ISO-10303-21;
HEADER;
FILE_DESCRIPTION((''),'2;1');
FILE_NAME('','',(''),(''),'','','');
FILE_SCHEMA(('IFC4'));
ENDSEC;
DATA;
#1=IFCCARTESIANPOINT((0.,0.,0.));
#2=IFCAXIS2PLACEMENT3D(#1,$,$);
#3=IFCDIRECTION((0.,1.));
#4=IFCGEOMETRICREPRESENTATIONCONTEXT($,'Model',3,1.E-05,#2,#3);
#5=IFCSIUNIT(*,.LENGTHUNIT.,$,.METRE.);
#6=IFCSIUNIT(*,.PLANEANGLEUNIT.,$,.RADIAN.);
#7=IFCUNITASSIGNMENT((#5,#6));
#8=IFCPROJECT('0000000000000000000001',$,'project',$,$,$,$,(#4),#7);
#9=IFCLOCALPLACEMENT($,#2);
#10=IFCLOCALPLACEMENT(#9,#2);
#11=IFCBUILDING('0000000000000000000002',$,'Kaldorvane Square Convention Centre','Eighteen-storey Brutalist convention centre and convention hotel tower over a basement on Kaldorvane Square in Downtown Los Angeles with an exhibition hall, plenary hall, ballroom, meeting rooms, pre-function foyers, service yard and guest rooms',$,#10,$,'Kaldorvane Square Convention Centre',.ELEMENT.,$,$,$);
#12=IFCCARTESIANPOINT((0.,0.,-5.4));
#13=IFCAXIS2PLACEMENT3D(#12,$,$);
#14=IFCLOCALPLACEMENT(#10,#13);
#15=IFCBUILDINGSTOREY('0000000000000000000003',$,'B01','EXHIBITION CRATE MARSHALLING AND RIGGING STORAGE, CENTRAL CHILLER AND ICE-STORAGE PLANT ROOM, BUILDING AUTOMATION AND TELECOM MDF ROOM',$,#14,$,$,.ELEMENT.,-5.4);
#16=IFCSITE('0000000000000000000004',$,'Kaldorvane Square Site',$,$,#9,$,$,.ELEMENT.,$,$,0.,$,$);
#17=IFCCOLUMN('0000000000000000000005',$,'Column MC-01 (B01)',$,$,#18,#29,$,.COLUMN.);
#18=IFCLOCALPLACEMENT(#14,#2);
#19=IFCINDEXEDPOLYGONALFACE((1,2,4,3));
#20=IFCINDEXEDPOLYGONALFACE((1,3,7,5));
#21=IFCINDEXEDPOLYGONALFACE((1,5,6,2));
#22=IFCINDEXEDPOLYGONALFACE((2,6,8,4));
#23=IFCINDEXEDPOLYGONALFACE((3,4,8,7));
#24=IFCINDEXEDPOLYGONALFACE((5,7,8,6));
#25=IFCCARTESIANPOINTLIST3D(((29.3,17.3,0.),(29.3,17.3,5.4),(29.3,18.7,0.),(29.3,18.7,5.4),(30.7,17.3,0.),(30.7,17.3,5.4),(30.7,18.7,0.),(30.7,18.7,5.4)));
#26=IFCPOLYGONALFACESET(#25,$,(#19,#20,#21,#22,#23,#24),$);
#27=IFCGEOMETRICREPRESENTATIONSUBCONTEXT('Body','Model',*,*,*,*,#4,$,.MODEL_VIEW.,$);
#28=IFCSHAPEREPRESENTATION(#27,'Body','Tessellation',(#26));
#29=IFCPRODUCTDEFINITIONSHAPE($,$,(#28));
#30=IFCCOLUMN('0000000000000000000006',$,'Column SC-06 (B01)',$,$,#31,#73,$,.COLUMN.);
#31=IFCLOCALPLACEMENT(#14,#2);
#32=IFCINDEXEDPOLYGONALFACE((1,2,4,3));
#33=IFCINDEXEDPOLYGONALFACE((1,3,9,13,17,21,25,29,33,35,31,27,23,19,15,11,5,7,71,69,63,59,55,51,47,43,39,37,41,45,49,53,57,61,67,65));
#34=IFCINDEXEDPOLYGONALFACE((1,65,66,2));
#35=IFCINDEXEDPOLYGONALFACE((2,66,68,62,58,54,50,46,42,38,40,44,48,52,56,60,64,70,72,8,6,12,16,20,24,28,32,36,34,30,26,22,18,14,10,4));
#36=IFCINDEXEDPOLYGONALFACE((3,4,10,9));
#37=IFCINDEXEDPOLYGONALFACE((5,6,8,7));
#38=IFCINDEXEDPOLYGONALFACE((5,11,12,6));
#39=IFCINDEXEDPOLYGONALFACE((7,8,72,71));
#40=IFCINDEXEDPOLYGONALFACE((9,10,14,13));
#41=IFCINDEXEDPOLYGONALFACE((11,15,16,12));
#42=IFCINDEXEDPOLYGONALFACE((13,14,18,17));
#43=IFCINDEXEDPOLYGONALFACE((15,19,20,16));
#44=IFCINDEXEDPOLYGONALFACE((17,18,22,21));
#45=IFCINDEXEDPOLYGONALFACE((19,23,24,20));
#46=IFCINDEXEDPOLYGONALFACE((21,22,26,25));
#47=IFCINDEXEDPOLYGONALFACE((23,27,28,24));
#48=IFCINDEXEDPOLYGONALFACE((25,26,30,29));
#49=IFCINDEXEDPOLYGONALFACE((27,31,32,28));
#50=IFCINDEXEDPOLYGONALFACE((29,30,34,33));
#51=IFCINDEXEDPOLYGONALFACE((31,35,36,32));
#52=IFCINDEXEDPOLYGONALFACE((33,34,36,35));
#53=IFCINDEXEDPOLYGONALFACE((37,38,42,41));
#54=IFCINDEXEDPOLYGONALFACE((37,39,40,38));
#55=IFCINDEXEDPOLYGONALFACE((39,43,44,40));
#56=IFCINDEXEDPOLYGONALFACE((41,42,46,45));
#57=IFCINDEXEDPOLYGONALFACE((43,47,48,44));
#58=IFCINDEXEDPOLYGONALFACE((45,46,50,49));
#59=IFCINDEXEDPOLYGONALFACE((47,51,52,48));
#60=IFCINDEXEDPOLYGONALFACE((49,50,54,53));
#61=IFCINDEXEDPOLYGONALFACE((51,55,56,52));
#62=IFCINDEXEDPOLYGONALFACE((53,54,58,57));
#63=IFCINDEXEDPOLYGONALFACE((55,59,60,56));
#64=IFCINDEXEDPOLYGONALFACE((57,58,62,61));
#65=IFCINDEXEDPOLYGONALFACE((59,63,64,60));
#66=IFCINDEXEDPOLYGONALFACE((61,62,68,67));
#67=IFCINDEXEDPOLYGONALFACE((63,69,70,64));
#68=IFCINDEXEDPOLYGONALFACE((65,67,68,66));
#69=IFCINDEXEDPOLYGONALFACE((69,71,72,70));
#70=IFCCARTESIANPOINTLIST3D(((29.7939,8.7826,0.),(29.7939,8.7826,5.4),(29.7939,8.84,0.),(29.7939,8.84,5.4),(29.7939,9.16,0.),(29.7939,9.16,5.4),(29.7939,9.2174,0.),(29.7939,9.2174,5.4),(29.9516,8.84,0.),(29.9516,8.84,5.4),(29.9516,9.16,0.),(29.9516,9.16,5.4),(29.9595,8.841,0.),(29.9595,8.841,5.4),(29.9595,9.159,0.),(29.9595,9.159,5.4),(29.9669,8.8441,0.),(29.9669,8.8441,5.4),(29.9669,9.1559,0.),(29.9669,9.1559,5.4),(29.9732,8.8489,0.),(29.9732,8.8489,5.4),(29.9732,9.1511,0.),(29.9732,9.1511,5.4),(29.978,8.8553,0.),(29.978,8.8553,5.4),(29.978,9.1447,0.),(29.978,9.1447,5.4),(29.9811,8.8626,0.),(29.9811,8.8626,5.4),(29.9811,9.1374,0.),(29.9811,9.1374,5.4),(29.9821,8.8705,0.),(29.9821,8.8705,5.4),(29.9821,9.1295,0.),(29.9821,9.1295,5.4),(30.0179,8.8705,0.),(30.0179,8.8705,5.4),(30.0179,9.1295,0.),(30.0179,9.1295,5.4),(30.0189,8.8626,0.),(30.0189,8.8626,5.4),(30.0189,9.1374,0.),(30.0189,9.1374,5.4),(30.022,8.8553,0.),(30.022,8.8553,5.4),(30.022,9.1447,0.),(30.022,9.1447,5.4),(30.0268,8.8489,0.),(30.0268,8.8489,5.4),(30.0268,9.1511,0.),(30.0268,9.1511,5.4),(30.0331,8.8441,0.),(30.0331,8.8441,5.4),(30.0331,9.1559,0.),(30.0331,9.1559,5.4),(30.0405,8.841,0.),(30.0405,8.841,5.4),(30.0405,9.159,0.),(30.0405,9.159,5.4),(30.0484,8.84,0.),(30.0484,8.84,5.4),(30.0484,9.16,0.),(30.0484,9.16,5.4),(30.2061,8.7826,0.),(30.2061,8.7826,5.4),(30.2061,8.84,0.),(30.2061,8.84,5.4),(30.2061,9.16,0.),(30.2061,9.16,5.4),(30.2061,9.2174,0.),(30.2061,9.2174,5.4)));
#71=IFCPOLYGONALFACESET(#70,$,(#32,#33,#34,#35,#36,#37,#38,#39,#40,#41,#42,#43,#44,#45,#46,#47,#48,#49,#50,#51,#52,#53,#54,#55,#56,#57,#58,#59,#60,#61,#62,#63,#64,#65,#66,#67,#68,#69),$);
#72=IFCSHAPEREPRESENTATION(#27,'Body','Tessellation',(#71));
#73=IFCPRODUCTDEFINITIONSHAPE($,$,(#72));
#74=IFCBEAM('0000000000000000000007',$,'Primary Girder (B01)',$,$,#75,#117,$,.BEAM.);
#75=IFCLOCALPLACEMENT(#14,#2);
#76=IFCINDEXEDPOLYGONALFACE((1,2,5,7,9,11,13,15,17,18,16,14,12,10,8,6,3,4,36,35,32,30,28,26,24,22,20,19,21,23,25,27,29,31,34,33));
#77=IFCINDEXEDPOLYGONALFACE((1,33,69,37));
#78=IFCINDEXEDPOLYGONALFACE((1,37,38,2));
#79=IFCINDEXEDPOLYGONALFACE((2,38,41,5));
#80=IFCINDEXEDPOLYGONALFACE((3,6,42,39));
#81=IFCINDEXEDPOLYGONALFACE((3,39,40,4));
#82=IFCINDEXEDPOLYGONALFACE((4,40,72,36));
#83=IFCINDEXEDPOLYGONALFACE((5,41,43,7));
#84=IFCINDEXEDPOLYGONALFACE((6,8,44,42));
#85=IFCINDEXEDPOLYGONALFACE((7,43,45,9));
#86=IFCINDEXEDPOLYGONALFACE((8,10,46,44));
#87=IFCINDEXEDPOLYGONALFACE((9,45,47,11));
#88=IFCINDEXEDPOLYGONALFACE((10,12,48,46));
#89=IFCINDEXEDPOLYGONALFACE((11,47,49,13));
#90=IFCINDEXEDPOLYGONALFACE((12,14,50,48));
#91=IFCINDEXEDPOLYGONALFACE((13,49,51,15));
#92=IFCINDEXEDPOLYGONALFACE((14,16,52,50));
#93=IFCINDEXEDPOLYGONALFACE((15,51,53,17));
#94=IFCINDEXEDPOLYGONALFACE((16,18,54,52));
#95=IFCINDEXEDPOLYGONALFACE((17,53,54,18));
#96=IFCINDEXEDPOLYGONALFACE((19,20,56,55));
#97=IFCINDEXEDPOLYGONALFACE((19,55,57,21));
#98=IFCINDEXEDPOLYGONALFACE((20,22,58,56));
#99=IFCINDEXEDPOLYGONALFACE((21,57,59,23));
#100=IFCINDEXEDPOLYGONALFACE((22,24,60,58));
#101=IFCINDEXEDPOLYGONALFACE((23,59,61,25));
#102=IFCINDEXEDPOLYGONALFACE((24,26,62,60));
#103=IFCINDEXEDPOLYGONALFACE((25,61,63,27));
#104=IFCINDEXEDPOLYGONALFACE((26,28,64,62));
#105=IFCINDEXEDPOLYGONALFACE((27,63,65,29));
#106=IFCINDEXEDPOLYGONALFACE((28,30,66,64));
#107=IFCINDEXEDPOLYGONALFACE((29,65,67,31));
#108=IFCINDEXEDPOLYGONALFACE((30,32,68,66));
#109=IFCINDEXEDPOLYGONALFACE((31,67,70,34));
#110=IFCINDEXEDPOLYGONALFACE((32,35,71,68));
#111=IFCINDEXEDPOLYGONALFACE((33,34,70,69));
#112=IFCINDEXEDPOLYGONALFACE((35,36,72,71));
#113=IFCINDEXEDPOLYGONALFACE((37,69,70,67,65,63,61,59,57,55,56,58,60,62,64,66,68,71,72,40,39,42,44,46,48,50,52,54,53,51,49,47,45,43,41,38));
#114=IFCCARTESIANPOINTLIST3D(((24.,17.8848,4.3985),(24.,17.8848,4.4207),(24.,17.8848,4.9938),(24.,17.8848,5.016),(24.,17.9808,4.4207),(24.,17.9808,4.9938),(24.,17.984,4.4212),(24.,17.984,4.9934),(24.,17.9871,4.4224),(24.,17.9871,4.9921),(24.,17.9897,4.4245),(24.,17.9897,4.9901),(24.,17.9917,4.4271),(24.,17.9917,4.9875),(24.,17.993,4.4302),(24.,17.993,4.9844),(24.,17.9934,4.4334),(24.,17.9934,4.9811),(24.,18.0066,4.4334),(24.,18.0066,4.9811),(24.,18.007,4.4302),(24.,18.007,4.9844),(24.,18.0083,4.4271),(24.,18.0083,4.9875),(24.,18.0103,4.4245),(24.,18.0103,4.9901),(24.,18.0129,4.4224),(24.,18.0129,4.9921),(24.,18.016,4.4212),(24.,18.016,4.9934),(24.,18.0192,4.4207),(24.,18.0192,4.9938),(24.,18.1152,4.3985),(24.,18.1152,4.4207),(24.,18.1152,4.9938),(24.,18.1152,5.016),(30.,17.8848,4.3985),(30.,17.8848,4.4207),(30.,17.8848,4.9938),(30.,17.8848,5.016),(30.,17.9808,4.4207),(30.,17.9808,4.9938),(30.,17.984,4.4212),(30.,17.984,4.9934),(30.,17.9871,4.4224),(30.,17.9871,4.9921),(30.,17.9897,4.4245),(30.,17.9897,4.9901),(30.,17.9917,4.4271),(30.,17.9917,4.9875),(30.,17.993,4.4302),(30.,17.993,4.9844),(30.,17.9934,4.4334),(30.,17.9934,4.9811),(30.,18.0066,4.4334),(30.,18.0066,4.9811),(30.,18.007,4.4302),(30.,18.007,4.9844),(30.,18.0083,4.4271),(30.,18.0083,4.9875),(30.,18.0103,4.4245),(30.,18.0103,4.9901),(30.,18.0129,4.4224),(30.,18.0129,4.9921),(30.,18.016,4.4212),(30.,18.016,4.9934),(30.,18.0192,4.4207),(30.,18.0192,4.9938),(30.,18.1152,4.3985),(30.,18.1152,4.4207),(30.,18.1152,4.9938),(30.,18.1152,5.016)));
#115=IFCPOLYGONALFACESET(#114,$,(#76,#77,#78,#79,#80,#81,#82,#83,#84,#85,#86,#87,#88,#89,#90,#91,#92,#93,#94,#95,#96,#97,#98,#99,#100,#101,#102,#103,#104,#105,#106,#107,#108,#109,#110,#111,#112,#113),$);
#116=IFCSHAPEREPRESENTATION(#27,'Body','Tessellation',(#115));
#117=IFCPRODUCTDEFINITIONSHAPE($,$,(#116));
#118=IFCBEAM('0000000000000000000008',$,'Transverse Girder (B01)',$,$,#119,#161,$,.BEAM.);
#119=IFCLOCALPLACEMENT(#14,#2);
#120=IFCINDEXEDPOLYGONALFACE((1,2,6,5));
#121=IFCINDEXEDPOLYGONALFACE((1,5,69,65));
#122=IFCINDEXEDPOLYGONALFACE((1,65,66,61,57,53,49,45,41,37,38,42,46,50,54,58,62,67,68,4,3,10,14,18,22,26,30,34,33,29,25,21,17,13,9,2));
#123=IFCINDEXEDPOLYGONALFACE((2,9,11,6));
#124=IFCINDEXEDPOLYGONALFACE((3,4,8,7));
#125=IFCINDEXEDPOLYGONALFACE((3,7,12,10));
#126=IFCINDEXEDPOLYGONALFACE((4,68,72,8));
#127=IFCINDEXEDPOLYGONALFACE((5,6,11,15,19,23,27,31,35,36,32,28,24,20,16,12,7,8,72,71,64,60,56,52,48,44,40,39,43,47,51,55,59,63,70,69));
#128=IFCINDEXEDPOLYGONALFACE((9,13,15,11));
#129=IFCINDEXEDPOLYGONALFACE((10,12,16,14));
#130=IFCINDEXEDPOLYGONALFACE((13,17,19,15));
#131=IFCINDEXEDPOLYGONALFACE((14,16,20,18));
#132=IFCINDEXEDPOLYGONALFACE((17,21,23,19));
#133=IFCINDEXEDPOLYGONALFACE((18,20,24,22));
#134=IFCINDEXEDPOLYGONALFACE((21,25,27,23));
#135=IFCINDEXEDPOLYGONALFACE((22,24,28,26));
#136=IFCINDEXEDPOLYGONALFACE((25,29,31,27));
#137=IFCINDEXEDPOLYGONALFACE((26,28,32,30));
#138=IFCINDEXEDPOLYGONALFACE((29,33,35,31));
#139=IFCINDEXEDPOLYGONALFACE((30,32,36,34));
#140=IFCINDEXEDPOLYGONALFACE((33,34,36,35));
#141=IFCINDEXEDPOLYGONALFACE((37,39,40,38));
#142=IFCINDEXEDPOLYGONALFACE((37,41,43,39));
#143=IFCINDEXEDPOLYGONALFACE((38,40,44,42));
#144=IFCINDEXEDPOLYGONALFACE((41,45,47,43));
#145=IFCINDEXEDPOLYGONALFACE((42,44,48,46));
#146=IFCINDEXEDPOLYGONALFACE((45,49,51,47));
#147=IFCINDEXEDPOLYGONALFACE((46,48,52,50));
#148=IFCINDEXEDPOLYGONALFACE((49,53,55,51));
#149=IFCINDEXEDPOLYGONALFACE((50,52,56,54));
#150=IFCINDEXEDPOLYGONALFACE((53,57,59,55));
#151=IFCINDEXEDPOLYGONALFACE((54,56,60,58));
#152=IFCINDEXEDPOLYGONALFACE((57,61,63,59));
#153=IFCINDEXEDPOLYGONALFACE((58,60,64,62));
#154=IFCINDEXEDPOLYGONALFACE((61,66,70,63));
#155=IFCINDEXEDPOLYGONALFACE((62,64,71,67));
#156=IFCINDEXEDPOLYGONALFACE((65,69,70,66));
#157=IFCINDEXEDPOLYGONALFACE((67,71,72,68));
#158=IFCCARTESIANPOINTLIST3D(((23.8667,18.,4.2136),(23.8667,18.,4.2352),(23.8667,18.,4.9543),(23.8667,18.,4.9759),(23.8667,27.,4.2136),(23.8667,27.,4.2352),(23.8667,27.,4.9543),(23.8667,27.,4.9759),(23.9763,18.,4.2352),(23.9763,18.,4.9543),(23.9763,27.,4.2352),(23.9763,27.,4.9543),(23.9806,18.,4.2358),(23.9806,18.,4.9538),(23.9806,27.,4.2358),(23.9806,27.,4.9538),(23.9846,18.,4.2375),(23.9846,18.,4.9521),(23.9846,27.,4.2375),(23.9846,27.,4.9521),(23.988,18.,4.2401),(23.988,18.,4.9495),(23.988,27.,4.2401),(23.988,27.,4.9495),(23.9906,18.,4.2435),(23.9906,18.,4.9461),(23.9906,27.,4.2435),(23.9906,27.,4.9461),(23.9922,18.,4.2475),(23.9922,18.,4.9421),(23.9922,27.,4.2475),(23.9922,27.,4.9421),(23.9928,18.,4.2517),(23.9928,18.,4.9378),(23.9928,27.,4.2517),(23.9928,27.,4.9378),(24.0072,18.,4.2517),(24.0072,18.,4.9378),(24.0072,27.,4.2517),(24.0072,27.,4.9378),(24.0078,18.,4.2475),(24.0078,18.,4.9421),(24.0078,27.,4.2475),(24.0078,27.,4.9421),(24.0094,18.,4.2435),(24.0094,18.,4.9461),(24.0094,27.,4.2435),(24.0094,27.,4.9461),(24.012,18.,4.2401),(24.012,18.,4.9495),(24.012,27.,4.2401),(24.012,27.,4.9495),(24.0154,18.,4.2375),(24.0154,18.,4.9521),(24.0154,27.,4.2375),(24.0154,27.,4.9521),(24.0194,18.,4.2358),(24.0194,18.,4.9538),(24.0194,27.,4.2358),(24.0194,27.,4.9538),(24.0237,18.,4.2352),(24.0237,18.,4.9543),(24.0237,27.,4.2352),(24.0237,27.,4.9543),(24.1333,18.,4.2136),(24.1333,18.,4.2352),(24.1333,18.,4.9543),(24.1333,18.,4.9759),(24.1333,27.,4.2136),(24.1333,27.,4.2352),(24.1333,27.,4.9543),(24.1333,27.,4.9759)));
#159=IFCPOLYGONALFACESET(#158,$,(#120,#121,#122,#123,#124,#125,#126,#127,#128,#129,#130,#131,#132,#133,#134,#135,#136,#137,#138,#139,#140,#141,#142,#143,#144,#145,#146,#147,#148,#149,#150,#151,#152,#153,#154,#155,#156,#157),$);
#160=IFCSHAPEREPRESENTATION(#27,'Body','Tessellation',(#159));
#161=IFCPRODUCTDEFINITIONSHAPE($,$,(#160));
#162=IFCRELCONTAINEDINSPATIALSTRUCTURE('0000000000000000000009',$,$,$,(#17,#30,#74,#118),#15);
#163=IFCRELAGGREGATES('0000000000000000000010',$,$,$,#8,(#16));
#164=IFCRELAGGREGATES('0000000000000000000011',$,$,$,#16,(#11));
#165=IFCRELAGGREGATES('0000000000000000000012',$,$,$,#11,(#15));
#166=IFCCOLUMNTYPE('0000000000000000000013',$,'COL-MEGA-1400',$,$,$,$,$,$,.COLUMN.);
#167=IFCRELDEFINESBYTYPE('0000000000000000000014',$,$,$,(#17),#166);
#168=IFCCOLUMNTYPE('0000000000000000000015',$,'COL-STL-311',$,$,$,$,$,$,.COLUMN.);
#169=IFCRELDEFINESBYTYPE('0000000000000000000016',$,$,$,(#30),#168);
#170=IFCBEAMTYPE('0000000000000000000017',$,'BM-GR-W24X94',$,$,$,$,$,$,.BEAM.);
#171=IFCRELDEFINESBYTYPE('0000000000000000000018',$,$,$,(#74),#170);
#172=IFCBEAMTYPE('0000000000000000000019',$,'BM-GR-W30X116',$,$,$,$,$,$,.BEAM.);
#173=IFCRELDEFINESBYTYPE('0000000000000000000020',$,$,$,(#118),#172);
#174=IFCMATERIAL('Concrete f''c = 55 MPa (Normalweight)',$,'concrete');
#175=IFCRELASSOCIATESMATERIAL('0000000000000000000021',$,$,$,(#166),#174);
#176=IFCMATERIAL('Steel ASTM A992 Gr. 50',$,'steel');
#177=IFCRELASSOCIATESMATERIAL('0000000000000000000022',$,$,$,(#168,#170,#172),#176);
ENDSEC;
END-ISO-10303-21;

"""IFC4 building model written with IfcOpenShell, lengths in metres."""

from ifc_helpers import new_model, si_unit, direction, frame, origin, origin_2d, place, context, subcontext, project, spatial, rectangle, i_section, extrude, material, material_profile, profile_set, type_object, element, save


model = new_model("IFC4")

# Units and contexts
model_context = context("Model", 3, precision=1e-05, world=origin(), true_north=direction((0.0, 1.0)))
body_context = subcontext(model_context, "Body", "Model", "MODEL_VIEW")
ifc_project = project(units=[si_unit("LENGTHUNIT", "METRE"), si_unit("PLANEANGLEUNIT", "RADIAN")], contexts=[model_context])

# Site, building, storey
site_placement = place(None, origin())
site = spatial("IfcSite", under=ifc_project, at=site_placement, Name="Kaldorvane Square Site", CompositionType="ELEMENT", RefElevation=0.0)
building_placement = place(site_placement, origin())
building = spatial("IfcBuilding", under=site, at=building_placement, Name="Kaldorvane Square Convention Centre", Description="Eighteen-storey Brutalist convention centre and convention hotel tower over a basement on Kaldorvane Square in Downtown Los Angeles with an exhibition hall, plenary hall, ballroom, meeting rooms, pre-function foyers, service yard and guest rooms", LongName="Kaldorvane Square Convention Centre", CompositionType="ELEMENT")
storey_placement = place(building_placement, frame((0.0, 0.0, -5.4)))
storey = spatial("IfcBuildingStorey", under=building, at=storey_placement, Name="B01", Description="EXHIBITION CRATE MARSHALLING AND RIGGING STORAGE, CENTRAL CHILLER AND ICE-STORAGE PLANT ROOM, BUILDING AUTOMATION AND TELECOM MDF ROOM", CompositionType="ELEMENT", Elevation=-5.4)

# Columns
ifc_material_1 = material(Name="Concrete f'c = 55 MPa (Normalweight)", Category="concrete")
ifc_material_profile_1 = material_profile(ifc_material_1, rectangle(XDim=1.4, YDim=1.4, at=origin_2d()), Name="RC1400X1400")
ifc_profile_set_1 = profile_set([ifc_material_profile_1], Name="Concrete f'c = 55 MPa (Normalweight)")
column_type_1 = type_object("IfcColumnType", Name="COL-MEGA-1400", PredefinedType="COLUMN", material=ifc_profile_set_1)
column_1_placement = place(storey_placement, frame((30.0, 18.0, 0.0), z_axis=(0.0, 0.0, 1.0), x_axis=(1.0, 0.0, 0.0)))
element("IfcColumn", 1, at=column_1_placement, inside=storey, type_object=column_type_1, Name="Column MC-01 (B01)", PredefinedType="COLUMN", context=body_context, shape_type="SweptSolid", body=[
    extrude(rectangle(XDim=1.4, YDim=1.4, at=origin_2d()), origin(), (0.0, 0.0, 1.0), 5.4),
])
ifc_material_2 = material(Name="Steel ASTM A992 Gr. 50", Category="steel")
ifc_material_profile_2 = material_profile(ifc_material_2, i_section(OverallWidth=0.4122, OverallDepth=0.4348, WebThickness=0.0358, FlangeThickness=0.0574, FilletRadius=0.0305, at=origin_2d()), Name="W14X311")
ifc_profile_set_2 = profile_set([ifc_material_profile_2], Name="Steel ASTM A992 Gr. 50")
column_type_2 = type_object("IfcColumnType", Name="COL-STL-311", PredefinedType="COLUMN", material=ifc_profile_set_2)
column_2_placement = place(storey_placement, frame((30.0, 9.0, 0.0), z_axis=(0.0, 0.0, 1.0), x_axis=(1.0, 0.0, 0.0)))
element("IfcColumn", 2, at=column_2_placement, inside=storey, type_object=column_type_2, Name="Column SC-06 (B01)", PredefinedType="COLUMN", context=body_context, shape_type="SweptSolid", body=[
    extrude(i_section(OverallWidth=0.4122, OverallDepth=0.4348, WebThickness=0.0358, FlangeThickness=0.0574, FilletRadius=0.0305, at=origin_2d()), origin(), (0.0, 0.0, 1.0), 5.4),
])

# Beams
ifc_material_profile_3 = material_profile(ifc_material_2, i_section(OverallWidth=0.2303, OverallDepth=0.6175, WebThickness=0.0131, FlangeThickness=0.0222, FilletRadius=0.0127, at=origin_2d()), Name="W24X94")
ifc_profile_set_3 = profile_set([ifc_material_profile_3], Name="Steel ASTM A992 Gr. 50")
beam_type_1 = type_object("IfcBeamType", Name="BM-GR-W24X94", PredefinedType="BEAM", material=ifc_profile_set_3)
beam_placement = place(storey_placement, frame((24.0, 18.0, 4.7073), z_axis=(1.0, 0.0, 0.0), x_axis=(0.0, 1.0, 0.0)))
element("IfcBeam", 3, at=beam_placement, inside=storey, type_object=beam_type_1, Name="Primary Girder (B01)", PredefinedType="BEAM", context=body_context, shape_type="SweptSolid", body=[
    extrude(i_section(OverallWidth=0.2303, OverallDepth=0.6175, WebThickness=0.0131, FlangeThickness=0.0222, FilletRadius=0.0127, at=origin_2d()), origin(), (0.0, 0.0, 1.0), 6.0),
])
ifc_material_profile_4 = material_profile(ifc_material_2, i_section(OverallWidth=0.2666, OverallDepth=0.7623, WebThickness=0.0144, FlangeThickness=0.0216, FilletRadius=0.0165, at=origin_2d()), Name="W30X116")
ifc_profile_set_4 = profile_set([ifc_material_profile_4], Name="Steel ASTM A992 Gr. 50")
beam_type_2 = type_object("IfcBeamType", Name="BM-GR-W30X116", PredefinedType="BEAM", material=ifc_profile_set_4)
for number, where, z_axis, x_axis, name in (
    (4, (24.0, 18.0, 4.5948), (0.0, 1.0, 0.0), (-1.0, 0.0, 0.0), "Transverse Girder (B01)"),
):
    element("IfcBeam", number, at=place(storey_placement, frame(where, z_axis=z_axis, x_axis=x_axis)), inside=storey, type_object=beam_type_2, Name=name, PredefinedType="BEAM", context=body_context, shape_type="SweptSolid", body=[
        extrude(i_section(OverallWidth=0.2666, OverallDepth=0.7623, WebThickness=0.0144, FlangeThickness=0.0216, FilletRadius=0.0165, at=origin_2d()), origin(), (0.0, 0.0, 1.0), 9.0),
    ])

save(model, "model.ifc")
